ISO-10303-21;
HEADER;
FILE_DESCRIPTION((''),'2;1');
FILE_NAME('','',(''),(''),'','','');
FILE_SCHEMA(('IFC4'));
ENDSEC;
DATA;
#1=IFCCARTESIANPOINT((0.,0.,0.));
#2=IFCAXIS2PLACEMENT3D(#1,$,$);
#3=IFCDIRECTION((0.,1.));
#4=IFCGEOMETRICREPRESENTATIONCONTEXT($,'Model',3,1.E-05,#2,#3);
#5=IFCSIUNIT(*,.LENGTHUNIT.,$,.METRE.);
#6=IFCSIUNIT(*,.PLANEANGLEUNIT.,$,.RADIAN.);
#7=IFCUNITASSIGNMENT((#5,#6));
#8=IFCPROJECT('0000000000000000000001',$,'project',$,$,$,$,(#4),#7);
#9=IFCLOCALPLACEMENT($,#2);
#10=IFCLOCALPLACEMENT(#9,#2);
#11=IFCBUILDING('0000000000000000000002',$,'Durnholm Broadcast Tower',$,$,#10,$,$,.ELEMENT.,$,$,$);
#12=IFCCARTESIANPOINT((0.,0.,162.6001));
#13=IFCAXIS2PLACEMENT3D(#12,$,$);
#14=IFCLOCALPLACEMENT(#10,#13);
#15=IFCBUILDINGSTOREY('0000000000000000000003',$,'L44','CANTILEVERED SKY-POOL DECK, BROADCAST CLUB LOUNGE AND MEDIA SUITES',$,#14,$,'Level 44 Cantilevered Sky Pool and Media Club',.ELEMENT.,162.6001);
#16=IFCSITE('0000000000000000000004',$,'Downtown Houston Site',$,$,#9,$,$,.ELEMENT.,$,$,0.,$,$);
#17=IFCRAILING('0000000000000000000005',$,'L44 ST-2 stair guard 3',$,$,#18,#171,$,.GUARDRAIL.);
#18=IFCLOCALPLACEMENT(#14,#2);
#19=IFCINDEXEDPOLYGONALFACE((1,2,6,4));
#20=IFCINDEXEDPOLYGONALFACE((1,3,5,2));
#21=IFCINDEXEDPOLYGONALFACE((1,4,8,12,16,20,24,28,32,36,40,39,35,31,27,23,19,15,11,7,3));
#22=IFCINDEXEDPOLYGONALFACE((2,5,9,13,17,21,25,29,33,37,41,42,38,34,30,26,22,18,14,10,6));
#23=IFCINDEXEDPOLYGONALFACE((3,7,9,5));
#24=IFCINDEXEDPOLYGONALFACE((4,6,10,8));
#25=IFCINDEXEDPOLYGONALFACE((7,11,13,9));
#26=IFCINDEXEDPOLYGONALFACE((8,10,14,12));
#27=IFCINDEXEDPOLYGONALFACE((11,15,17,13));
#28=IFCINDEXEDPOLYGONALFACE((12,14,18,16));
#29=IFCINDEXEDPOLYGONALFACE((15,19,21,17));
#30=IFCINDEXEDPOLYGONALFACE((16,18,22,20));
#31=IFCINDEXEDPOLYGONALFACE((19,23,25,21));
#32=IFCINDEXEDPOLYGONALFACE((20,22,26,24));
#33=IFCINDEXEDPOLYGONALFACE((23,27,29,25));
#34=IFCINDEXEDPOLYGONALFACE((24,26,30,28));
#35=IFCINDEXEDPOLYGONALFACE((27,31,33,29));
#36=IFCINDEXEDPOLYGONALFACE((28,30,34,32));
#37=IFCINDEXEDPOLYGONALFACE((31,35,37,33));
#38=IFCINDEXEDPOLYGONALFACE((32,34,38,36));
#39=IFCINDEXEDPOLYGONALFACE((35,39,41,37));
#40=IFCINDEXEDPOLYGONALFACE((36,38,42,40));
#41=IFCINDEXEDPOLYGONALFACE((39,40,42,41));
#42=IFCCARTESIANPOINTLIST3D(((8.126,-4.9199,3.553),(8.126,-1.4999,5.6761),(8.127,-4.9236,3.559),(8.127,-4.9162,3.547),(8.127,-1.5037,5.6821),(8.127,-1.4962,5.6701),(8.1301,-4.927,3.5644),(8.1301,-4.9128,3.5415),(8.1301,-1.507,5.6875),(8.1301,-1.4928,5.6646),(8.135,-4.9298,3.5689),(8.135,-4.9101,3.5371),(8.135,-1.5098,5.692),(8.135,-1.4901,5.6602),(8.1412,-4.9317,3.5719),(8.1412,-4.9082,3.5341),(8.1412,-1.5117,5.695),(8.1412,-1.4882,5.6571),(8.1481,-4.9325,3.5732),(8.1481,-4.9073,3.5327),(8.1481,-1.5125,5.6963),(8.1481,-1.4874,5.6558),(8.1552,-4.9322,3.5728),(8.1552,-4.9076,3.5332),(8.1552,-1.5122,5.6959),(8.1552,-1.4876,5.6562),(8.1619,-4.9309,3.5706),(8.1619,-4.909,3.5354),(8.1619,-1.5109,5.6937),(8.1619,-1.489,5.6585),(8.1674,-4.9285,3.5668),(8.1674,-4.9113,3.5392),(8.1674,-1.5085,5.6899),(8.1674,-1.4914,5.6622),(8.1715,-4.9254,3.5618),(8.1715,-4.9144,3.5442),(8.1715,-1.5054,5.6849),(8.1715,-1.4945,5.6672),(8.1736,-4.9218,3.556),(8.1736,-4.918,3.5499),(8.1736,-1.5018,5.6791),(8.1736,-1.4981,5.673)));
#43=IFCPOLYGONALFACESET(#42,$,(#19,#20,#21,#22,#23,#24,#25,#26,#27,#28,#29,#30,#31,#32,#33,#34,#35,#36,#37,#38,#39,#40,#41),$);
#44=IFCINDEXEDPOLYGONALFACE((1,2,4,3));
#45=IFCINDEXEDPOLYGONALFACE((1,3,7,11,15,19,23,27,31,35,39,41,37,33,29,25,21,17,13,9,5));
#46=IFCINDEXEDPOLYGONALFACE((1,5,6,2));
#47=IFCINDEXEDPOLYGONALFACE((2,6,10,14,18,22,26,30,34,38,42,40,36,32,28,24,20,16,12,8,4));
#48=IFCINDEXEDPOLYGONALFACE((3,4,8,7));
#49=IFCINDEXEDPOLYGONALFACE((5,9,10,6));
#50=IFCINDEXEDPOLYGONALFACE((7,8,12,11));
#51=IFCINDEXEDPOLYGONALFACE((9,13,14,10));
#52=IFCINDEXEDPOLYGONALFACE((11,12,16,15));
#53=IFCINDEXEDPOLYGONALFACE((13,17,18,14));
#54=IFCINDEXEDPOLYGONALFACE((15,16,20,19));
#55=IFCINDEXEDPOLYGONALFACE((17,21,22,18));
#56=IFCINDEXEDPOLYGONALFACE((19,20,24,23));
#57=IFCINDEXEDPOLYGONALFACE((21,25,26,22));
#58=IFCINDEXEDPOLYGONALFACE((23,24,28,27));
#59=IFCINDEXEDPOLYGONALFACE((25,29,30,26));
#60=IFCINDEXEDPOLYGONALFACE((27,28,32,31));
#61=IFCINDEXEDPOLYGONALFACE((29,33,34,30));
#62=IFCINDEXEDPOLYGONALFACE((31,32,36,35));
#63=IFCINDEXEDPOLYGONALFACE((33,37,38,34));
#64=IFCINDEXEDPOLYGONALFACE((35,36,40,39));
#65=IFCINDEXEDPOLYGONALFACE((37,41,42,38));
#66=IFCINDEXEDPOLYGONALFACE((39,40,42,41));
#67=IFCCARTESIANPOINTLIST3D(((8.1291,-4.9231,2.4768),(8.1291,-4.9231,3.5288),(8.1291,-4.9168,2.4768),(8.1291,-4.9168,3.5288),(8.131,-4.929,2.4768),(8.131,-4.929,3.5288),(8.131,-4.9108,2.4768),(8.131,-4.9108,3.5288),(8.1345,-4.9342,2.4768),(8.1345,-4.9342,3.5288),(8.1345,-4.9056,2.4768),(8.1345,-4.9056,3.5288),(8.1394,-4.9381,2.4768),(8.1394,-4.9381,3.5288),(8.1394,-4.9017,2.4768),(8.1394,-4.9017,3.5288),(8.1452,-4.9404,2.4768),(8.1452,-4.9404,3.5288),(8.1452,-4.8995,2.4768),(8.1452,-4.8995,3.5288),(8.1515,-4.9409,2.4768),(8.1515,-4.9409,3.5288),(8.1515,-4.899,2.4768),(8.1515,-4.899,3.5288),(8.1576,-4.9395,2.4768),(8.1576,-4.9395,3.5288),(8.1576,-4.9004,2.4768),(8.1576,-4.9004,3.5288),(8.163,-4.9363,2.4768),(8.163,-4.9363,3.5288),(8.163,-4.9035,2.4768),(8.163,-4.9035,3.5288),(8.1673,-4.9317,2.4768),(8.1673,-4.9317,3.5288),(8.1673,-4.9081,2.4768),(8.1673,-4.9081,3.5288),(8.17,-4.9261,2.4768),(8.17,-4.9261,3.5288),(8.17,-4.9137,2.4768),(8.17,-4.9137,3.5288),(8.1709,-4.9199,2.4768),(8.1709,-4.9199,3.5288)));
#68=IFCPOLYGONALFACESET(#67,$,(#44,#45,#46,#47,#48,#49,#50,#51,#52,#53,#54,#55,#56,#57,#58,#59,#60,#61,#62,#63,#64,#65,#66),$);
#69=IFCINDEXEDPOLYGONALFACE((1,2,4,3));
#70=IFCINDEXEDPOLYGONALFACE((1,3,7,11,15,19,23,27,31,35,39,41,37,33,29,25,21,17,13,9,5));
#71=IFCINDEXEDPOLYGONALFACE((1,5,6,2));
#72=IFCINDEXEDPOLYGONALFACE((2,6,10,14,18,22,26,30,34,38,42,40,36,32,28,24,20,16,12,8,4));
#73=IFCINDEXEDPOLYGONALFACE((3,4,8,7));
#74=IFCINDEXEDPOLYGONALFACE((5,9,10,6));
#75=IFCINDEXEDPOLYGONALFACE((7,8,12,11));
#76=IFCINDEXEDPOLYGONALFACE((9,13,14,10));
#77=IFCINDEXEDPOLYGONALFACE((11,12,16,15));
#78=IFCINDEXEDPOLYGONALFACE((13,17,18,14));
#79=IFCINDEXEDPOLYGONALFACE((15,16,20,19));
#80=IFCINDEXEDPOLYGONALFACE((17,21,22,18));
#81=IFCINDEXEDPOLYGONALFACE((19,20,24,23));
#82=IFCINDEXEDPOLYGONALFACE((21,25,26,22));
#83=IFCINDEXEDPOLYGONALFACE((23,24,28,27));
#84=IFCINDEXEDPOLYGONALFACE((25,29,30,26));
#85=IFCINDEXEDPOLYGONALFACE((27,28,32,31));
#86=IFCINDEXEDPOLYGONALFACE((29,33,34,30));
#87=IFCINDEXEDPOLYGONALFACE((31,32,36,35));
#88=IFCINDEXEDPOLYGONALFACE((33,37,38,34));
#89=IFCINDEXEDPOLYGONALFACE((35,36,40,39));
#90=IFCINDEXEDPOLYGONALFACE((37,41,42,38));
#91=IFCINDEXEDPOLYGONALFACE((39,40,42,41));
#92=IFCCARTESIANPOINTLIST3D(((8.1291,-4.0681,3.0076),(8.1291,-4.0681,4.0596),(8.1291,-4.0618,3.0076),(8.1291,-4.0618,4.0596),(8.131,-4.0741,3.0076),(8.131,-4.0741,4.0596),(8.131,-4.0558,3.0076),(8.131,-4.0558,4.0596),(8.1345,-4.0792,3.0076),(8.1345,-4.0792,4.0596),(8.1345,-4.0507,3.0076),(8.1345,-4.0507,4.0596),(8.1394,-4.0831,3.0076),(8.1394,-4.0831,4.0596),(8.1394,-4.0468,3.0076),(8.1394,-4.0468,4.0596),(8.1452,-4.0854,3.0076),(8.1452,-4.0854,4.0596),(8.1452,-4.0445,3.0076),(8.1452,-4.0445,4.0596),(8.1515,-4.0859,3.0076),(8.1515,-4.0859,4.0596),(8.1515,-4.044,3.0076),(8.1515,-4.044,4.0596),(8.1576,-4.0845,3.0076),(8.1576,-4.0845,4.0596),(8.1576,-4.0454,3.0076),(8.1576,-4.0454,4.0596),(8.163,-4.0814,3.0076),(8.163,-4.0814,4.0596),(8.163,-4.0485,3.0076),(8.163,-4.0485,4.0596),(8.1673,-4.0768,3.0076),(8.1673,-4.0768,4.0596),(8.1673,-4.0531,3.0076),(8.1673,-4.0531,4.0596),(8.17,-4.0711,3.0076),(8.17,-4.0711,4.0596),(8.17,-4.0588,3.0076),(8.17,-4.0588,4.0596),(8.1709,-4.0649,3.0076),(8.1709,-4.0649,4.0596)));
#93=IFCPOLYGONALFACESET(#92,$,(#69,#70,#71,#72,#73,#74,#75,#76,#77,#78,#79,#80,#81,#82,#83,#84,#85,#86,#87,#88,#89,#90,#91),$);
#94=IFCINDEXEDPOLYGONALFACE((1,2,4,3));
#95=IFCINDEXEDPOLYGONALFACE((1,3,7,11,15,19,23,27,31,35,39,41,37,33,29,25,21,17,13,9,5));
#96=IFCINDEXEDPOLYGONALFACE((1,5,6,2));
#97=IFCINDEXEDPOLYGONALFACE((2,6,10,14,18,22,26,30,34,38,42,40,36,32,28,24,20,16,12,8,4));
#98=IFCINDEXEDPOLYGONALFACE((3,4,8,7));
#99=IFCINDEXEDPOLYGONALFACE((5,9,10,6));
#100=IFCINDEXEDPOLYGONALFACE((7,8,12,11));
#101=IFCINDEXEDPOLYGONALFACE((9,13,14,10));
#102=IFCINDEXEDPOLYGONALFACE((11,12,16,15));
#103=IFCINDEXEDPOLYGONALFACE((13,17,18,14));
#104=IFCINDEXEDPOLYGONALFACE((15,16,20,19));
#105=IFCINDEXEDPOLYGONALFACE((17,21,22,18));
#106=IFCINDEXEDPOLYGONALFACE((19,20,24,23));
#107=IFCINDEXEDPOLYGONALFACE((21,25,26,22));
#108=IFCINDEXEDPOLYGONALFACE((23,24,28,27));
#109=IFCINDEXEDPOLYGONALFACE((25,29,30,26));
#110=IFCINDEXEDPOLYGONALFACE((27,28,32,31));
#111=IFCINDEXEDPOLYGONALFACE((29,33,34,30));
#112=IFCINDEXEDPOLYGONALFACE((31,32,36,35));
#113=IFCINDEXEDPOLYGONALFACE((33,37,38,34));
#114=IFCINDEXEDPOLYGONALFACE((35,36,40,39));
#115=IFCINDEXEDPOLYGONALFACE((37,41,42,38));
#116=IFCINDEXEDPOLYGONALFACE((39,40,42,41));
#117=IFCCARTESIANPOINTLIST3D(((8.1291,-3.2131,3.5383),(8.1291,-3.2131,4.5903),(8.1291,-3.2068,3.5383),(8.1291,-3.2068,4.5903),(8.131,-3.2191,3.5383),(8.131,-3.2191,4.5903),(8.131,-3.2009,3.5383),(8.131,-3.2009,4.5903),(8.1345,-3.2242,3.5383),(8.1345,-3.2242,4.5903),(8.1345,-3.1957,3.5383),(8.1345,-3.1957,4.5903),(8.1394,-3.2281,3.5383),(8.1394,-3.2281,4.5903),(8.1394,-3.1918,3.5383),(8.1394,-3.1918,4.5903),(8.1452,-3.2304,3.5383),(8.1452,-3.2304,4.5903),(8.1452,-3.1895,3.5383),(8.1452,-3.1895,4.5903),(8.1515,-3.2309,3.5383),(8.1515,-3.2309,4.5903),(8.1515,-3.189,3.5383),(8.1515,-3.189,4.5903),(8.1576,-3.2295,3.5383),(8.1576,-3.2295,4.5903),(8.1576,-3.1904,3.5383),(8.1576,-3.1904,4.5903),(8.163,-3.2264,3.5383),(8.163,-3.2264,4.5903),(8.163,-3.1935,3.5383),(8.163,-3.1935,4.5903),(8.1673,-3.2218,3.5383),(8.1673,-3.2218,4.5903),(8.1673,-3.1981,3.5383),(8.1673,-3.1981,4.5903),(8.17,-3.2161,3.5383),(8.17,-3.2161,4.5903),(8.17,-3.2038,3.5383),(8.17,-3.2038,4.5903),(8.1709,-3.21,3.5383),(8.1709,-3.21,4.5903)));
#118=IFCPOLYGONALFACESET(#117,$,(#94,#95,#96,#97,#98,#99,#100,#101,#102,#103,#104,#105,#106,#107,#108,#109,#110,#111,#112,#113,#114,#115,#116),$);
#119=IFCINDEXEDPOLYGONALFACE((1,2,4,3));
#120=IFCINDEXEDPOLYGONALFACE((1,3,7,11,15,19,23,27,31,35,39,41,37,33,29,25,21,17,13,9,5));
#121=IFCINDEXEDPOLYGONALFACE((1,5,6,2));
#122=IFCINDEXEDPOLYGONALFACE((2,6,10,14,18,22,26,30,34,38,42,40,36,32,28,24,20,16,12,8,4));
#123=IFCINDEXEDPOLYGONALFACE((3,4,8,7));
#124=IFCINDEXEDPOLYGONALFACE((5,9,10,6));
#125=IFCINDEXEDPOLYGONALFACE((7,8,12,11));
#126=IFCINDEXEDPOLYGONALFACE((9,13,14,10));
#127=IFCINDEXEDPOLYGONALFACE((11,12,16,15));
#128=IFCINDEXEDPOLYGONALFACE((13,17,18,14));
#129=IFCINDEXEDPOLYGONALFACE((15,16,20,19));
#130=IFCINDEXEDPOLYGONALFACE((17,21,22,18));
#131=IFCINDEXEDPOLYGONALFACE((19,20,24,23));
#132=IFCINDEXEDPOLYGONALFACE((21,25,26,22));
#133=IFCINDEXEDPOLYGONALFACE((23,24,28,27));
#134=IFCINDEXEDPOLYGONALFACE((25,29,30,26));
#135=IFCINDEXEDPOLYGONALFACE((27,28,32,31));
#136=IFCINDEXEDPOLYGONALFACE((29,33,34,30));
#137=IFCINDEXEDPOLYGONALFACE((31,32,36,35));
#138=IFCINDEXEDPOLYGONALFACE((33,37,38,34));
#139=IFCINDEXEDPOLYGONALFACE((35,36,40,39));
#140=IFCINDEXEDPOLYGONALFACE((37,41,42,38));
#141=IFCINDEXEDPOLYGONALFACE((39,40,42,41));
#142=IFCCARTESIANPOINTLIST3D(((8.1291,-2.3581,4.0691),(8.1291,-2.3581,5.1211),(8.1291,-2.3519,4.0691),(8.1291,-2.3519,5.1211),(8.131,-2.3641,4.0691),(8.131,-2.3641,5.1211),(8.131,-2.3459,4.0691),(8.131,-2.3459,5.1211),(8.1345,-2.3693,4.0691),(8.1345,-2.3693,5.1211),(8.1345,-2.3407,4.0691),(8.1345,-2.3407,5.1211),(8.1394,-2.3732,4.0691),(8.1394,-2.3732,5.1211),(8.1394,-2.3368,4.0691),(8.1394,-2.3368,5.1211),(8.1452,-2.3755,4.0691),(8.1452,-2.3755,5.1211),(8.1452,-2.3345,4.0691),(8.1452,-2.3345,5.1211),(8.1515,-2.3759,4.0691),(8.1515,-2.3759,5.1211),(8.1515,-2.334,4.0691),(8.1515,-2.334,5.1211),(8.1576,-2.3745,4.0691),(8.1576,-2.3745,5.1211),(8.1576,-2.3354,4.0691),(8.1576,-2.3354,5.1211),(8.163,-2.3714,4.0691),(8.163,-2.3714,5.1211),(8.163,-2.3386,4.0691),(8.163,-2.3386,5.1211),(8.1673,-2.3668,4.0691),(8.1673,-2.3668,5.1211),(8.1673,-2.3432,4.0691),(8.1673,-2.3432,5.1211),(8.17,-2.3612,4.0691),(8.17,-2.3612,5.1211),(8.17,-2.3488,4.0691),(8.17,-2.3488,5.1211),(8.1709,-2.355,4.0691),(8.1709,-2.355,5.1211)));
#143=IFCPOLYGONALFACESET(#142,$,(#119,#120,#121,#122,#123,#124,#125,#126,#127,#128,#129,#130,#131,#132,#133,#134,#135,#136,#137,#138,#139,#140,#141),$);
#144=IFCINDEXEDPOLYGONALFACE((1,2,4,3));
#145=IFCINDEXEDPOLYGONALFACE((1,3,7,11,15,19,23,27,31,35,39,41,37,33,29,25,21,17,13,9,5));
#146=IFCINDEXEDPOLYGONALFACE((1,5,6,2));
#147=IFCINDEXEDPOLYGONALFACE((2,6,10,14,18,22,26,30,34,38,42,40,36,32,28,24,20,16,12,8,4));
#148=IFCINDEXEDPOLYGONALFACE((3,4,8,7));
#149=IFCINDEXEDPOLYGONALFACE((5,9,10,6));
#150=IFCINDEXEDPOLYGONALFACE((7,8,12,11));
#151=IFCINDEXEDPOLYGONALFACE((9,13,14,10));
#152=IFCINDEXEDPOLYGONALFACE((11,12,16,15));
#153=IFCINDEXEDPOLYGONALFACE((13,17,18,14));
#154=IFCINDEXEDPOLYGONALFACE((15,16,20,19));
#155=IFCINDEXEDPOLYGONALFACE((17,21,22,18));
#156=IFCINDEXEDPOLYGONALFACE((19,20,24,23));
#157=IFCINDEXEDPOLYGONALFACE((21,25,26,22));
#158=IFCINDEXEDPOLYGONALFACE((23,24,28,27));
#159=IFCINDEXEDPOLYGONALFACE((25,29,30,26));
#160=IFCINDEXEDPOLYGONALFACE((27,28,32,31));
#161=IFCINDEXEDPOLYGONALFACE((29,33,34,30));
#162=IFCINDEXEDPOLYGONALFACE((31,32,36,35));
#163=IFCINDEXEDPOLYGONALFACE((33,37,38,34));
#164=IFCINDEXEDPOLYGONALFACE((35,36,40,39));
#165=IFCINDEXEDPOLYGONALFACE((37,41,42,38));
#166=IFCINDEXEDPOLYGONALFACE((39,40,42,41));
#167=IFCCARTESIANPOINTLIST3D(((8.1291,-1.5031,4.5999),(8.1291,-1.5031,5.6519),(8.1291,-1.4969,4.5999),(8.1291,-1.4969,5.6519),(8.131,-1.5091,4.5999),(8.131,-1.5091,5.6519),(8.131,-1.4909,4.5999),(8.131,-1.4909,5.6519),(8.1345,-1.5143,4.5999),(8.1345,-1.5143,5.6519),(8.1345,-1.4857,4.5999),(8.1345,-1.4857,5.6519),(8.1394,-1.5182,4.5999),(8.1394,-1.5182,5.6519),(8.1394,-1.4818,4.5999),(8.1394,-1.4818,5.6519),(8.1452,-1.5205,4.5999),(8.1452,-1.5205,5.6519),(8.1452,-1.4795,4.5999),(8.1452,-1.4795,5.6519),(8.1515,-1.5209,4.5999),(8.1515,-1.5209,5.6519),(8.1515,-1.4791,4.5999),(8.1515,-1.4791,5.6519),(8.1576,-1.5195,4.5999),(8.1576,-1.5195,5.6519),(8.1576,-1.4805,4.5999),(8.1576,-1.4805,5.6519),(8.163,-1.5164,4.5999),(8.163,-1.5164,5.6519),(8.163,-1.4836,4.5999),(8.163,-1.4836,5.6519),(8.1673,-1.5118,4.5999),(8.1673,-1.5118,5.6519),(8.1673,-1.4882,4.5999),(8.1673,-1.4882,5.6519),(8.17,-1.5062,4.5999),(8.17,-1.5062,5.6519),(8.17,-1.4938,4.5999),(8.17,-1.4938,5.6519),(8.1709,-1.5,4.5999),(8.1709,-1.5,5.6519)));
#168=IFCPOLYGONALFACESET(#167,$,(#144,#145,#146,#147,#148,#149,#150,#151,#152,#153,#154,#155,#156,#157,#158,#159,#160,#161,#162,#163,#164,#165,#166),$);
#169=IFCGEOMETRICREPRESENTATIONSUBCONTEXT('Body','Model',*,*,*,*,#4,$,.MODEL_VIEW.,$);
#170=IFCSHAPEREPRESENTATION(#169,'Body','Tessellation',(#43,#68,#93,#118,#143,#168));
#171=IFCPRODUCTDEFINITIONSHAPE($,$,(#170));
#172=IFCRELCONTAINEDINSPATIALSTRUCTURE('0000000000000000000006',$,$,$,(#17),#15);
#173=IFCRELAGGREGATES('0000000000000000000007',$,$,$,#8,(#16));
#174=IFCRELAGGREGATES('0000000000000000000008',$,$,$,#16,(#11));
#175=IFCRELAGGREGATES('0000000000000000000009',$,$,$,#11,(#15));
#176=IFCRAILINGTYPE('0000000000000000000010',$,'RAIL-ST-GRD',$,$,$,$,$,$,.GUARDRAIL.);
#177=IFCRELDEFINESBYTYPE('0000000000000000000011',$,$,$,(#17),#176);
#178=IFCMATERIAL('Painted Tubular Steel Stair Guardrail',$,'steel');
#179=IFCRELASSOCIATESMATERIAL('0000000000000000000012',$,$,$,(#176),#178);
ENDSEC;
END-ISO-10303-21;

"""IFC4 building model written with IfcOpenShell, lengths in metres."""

from ifc_helpers import new_model, si_unit, direction, frame, origin, origin_2d, place, context, subcontext, project, spatial, circle, extrude, material, type_object, element, save


model = new_model("IFC4")

# Units and contexts
model_context = context("Model", 3, precision=1e-05, world=origin(), true_north=direction((0.0, 1.0)))
body_context = subcontext(model_context, "Body", "Model", "MODEL_VIEW")
ifc_project = project(units=[si_unit("LENGTHUNIT", "METRE"), si_unit("PLANEANGLEUNIT", "RADIAN")], contexts=[model_context])

# Site, building, storey
site_placement = place(None, origin())
site = spatial("IfcSite", under=ifc_project, at=site_placement, Name="Downtown Houston Site", CompositionType="ELEMENT", RefElevation=0.0)
building_placement = place(site_placement, origin())
building = spatial("IfcBuilding", under=site, at=building_placement, Name="Durnholm Broadcast Tower", CompositionType="ELEMENT")
storey_placement = place(building_placement, frame((0.0, 0.0, 162.6001)))
storey = spatial("IfcBuildingStorey", under=building, at=storey_placement, Name="L44", Description="CANTILEVERED SKY-POOL DECK, BROADCAST CLUB LOUNGE AND MEDIA SUITES", LongName="Level 44 Cantilevered Sky Pool and Media Club", CompositionType="ELEMENT", Elevation=162.6001)

# Railing
ifc_material_1 = material(Name="Painted Tubular Steel Stair Guardrail", Category="steel")
railing_type_1 = type_object("IfcRailingType", Name="RAIL-ST-GRD", PredefinedType="GUARDRAIL", material=ifc_material_1)
railing_1_placement = place(storey_placement, frame((8.1499, -4.9199, 2.4768)))
element("IfcRailing", 1, at=railing_1_placement, inside=storey, type_object=railing_type_1, Name="L44 ST-2 stair guard 3", PredefinedType="GUARDRAIL", context=body_context, shape_type="SweptSolid", body=[
    extrude(circle(Radius=0.0239, at=origin_2d()), frame((0.0, 0.0, 1.0762), z_axis=(0.0, 0.849603, 0.527423), x_axis=(-1.0, 0.0, 0.0)), (0.0, 0.0, 1.0), 4.0254),
    extrude(circle(Radius=0.021, at=origin_2d()), origin(), (0.0, 0.0, 1.0), 1.052),
    extrude(circle(Radius=0.021, at=origin_2d()), frame((0.0, 0.855, 0.5308)), (0.0, 0.0, 1.0), 1.052),
    extrude(circle(Radius=0.021, at=origin_2d()), frame((0.0, 1.71, 1.0615)), (0.0, 0.0, 1.0), 1.052),
    extrude(circle(Radius=0.021, at=origin_2d()), frame((0.0, 2.5649, 1.5923)), (0.0, 0.0, 1.0), 1.052),
    extrude(circle(Radius=0.021, at=origin_2d()), frame((0.0, 3.4199, 2.123)), (0.0, 0.0, 1.0), 1.052),
])

save(model, "model.ifc")
